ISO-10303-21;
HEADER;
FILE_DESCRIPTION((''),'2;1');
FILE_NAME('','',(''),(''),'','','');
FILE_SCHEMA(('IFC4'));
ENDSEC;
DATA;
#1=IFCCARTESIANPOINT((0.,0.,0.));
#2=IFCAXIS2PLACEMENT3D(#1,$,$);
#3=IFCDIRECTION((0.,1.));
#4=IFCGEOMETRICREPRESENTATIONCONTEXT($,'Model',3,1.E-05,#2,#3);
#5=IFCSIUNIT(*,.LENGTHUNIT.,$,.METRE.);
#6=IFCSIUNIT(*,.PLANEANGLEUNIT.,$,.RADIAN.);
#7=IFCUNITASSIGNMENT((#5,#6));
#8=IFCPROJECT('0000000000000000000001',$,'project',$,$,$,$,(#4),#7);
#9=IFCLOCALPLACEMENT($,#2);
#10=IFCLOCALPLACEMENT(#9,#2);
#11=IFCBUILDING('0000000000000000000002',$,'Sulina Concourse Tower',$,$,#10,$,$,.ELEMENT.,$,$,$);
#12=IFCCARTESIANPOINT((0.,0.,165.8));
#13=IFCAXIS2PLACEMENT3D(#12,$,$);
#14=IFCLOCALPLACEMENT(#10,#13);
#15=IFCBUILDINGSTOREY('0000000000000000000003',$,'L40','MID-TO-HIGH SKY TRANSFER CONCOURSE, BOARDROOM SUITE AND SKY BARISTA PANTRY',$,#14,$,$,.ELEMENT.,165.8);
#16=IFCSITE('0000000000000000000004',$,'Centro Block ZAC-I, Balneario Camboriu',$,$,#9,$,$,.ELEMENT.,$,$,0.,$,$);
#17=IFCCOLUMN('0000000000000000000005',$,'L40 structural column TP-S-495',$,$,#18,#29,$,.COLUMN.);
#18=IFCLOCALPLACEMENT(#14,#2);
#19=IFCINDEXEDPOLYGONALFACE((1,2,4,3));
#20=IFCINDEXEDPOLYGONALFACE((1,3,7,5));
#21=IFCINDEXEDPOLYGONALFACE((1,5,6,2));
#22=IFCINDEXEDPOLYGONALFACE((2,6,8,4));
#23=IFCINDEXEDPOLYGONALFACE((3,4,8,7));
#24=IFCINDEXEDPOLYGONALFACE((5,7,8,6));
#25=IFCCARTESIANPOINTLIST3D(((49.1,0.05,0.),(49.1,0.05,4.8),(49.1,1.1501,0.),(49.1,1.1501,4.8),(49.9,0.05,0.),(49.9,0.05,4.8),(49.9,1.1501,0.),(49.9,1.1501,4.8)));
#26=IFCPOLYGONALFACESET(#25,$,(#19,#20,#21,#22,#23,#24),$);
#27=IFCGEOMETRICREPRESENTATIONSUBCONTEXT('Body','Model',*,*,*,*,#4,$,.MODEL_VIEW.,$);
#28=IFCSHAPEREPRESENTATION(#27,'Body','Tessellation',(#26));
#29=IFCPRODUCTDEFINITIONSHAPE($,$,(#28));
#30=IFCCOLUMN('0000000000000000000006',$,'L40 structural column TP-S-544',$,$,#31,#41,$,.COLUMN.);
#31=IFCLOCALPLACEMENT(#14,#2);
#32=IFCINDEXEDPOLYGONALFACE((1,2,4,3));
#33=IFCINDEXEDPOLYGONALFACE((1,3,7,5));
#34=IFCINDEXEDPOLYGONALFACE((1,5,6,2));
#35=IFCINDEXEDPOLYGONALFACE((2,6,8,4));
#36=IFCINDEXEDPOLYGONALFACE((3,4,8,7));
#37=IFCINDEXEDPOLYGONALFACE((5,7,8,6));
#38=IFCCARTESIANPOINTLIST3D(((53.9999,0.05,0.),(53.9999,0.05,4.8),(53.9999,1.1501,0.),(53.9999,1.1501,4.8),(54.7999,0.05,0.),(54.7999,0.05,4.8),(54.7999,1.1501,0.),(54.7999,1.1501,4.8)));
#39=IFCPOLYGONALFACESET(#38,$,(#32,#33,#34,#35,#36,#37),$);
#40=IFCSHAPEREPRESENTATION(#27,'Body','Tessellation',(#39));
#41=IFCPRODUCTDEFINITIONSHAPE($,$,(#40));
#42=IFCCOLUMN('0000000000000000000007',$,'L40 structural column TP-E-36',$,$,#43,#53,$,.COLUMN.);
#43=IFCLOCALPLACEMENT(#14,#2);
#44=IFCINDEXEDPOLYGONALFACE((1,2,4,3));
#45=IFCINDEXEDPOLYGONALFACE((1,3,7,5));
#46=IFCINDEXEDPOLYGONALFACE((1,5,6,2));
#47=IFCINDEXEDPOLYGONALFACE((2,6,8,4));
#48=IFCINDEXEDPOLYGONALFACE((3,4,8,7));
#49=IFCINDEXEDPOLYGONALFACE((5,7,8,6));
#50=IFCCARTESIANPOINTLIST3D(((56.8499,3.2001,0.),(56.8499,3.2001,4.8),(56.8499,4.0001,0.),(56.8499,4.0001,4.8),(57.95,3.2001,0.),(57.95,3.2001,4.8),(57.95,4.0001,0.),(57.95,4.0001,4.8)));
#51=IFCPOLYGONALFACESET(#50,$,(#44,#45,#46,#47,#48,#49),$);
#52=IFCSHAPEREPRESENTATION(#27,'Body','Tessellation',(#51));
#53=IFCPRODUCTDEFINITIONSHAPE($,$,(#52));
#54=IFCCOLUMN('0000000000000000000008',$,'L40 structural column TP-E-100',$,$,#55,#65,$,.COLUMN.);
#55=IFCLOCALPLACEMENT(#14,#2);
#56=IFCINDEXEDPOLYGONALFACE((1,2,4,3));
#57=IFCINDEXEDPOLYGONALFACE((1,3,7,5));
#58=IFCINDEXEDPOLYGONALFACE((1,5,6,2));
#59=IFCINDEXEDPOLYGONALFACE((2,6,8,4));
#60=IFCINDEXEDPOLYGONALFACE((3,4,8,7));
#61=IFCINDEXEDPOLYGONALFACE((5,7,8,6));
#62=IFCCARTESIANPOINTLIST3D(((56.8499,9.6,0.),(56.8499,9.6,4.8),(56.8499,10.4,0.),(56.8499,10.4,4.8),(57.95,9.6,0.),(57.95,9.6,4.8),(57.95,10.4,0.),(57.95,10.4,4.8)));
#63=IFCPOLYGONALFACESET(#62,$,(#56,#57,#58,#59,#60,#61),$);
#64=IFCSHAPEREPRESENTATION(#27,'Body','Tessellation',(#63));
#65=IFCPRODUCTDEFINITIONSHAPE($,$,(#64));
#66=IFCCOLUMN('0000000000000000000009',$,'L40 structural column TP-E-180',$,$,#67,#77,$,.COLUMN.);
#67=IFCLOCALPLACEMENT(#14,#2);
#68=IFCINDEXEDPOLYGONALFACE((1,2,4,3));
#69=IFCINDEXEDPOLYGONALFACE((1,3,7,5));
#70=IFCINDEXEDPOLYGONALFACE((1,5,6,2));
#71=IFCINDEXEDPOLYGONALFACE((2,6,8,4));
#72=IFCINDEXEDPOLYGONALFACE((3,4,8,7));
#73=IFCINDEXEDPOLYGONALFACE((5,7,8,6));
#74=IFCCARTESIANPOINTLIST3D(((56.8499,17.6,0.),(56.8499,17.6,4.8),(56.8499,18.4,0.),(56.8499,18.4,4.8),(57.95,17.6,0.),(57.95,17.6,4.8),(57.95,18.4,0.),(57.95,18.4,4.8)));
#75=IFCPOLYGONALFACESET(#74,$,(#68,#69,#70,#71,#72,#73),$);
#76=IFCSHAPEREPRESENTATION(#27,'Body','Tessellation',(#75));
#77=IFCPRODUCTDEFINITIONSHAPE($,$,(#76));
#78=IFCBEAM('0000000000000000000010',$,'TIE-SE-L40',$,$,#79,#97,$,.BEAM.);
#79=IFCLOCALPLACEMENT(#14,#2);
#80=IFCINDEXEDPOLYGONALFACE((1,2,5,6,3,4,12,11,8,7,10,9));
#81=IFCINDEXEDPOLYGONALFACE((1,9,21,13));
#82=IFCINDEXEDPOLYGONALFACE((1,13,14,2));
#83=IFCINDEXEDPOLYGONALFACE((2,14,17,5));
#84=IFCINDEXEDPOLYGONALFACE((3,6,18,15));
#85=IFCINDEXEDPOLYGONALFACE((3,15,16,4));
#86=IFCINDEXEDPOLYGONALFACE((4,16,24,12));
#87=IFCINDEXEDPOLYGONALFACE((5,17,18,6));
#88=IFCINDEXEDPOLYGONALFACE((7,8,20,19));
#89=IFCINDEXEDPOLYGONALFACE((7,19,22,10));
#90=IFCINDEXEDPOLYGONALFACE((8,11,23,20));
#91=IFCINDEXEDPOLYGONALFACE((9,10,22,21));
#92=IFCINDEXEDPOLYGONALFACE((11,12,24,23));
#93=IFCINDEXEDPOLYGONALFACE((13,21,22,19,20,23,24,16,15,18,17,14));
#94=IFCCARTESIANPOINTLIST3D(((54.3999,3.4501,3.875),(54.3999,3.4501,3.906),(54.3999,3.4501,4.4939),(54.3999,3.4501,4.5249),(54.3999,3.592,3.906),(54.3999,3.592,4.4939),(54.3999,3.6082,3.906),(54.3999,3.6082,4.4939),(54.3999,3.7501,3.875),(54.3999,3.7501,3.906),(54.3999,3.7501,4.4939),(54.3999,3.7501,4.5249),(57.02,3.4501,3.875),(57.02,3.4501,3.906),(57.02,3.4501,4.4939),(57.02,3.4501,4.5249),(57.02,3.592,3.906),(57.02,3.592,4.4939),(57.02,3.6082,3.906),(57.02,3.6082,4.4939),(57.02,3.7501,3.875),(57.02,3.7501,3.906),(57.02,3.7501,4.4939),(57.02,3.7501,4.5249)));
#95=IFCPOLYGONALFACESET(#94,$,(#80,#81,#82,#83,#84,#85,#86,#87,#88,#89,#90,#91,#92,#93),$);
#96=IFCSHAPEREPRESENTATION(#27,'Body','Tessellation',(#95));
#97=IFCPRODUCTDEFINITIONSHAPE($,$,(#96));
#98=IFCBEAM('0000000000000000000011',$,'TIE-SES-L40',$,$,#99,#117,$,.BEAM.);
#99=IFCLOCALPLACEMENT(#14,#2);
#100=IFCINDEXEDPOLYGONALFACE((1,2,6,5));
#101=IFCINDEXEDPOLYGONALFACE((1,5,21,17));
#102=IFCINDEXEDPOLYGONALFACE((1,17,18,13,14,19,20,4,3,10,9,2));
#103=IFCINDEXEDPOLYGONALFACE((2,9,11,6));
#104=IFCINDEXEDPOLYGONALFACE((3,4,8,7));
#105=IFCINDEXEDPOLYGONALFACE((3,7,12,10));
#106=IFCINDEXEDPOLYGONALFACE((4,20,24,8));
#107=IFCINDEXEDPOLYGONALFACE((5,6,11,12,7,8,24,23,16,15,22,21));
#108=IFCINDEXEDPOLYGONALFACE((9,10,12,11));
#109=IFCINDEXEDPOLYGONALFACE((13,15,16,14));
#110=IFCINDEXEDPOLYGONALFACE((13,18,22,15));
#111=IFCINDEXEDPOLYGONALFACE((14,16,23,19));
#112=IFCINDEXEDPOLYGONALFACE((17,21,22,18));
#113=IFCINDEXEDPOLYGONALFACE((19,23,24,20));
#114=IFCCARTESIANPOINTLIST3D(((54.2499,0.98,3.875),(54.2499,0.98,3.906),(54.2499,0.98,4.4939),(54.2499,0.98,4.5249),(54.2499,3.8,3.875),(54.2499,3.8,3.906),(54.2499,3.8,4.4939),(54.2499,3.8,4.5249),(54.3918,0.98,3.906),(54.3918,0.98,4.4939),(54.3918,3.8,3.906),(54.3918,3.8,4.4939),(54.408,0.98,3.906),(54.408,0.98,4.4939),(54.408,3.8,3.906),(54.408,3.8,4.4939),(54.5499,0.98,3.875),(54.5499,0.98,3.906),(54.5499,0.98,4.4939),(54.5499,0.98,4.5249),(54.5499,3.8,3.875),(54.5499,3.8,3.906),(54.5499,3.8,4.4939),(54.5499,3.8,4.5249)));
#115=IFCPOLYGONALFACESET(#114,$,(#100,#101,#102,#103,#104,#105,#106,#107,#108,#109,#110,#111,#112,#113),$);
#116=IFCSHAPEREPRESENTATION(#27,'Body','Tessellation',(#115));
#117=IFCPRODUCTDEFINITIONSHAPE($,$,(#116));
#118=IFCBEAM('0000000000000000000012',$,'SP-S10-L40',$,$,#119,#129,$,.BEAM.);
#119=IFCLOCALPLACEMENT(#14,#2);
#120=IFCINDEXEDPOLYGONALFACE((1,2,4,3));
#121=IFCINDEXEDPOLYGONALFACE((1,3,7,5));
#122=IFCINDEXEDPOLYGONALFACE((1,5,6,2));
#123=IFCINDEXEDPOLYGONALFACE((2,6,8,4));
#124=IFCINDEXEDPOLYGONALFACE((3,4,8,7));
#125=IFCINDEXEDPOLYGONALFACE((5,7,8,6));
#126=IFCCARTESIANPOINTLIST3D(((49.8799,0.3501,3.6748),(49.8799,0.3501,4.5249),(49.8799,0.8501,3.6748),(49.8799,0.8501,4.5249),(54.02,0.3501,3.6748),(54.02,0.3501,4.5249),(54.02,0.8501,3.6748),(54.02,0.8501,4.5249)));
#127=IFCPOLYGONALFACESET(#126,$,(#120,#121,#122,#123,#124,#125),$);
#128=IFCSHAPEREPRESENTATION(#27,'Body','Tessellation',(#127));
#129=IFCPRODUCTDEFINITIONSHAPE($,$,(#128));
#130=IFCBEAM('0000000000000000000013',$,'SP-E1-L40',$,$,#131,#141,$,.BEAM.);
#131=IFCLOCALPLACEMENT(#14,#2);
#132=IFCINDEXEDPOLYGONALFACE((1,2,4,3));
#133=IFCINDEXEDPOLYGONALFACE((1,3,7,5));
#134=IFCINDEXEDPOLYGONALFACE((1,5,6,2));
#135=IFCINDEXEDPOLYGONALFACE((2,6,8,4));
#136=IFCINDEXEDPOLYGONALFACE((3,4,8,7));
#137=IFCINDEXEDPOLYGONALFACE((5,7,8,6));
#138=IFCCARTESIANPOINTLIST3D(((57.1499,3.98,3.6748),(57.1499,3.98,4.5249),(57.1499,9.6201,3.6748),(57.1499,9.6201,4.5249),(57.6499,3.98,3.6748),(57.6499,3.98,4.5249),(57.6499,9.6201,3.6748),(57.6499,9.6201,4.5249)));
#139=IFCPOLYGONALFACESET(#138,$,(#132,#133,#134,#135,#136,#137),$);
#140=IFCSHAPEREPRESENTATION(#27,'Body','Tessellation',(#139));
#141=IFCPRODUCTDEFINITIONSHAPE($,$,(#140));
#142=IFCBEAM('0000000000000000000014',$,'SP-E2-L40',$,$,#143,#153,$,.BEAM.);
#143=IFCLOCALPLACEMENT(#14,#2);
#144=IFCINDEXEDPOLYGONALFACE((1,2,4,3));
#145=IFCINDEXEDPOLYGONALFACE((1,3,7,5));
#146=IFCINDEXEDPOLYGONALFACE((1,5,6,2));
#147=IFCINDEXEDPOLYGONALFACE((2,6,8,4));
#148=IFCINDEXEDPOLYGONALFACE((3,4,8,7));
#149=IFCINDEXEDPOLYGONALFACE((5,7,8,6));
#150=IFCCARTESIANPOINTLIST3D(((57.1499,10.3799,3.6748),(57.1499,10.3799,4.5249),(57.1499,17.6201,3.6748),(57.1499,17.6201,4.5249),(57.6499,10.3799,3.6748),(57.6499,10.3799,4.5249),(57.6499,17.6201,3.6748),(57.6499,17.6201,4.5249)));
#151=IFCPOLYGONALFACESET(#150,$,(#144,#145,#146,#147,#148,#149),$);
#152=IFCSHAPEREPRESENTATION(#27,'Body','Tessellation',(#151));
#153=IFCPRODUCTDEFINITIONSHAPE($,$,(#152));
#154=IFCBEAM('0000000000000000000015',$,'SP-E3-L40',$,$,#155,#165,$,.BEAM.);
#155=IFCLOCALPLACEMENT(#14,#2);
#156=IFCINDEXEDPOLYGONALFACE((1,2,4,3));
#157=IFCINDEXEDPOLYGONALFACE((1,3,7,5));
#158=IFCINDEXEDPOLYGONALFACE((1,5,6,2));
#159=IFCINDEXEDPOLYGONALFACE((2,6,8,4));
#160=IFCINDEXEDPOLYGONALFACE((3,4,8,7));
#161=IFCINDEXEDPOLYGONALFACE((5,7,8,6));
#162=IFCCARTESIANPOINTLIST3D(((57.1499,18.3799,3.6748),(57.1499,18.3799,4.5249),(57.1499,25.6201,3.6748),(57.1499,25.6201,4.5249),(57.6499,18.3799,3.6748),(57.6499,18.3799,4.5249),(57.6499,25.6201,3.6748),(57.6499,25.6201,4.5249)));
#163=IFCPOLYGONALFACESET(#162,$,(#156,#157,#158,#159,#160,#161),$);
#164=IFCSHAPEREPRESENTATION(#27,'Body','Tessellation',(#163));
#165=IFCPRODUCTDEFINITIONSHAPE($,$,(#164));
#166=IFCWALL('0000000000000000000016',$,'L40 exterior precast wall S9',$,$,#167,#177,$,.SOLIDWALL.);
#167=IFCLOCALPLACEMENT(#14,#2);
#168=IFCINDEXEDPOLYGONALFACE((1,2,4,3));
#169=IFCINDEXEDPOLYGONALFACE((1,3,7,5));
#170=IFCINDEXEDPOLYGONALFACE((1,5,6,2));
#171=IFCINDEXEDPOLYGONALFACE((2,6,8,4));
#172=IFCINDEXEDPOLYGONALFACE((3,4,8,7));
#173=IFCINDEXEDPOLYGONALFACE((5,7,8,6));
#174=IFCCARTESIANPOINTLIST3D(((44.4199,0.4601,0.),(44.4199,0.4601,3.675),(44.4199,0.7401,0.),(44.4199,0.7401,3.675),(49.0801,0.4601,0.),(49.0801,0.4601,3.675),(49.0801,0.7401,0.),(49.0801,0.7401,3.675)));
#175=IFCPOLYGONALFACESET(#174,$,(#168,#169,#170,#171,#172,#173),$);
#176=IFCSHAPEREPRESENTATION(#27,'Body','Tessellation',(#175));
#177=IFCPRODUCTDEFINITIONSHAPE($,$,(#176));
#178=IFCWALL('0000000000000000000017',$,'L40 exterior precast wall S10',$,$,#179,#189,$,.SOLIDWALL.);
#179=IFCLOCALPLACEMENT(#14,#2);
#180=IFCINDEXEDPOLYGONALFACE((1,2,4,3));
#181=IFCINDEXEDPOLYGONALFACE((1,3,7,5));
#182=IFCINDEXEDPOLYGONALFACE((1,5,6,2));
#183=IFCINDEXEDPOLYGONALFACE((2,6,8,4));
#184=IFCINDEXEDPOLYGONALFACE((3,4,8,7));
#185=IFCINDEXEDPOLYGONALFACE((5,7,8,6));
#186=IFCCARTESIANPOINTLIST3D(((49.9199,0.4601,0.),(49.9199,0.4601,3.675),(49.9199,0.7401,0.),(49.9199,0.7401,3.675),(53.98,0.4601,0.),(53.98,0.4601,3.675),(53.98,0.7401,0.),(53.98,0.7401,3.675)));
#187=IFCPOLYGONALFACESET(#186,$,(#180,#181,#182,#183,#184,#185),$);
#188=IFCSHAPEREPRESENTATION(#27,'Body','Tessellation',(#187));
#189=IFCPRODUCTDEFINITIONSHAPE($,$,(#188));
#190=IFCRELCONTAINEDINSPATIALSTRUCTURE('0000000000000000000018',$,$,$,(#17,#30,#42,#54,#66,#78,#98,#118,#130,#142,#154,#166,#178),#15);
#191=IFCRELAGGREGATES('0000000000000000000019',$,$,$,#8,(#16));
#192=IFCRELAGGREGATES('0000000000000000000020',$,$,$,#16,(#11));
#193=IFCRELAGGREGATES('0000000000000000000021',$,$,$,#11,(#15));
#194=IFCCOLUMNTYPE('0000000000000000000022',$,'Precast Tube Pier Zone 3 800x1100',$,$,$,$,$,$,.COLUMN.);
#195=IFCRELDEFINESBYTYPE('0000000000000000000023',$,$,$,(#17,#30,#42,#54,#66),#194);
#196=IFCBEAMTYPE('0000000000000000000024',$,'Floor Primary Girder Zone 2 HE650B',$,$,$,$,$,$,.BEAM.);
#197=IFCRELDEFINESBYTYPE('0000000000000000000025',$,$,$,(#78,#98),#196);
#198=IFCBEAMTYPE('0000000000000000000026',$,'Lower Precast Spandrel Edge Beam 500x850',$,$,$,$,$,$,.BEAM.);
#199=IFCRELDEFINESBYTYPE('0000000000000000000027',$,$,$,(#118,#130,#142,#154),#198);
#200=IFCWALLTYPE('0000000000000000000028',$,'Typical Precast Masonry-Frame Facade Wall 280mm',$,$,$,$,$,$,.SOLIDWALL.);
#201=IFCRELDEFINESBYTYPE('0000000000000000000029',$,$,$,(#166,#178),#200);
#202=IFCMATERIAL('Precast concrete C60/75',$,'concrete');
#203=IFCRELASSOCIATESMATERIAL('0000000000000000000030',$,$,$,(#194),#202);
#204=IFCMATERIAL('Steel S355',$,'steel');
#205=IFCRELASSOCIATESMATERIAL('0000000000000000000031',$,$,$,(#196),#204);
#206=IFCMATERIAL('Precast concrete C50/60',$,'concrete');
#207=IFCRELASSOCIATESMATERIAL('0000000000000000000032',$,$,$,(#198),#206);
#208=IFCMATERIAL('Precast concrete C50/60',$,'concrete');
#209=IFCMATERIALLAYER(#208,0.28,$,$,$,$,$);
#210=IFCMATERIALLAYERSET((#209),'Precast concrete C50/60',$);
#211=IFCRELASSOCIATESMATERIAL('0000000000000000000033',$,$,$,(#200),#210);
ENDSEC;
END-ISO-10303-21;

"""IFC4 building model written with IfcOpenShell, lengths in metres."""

from ifc_helpers import new_model, si_unit, direction, frame, frame_2d, origin, origin_2d, place, context, subcontext, project, spatial, rectangle, i_section, extrude, material, layer, layer_set, material_profile, profile_set, type_object, element, save


model = new_model("IFC4")

# Units and contexts
model_context = context("Model", 3, precision=1e-05, world=origin(), true_north=direction((0.0, 1.0)))
body_context = subcontext(model_context, "Body", "Model", "MODEL_VIEW")
ifc_project = project(units=[si_unit("LENGTHUNIT", "METRE"), si_unit("PLANEANGLEUNIT", "RADIAN")], contexts=[model_context])

# Site, building, storey
site_placement = place(None, origin())
site = spatial("IfcSite", under=ifc_project, at=site_placement, Name="Centro Block ZAC-I, Balneario Camboriu", CompositionType="ELEMENT", RefElevation=0.0)
building_placement = place(site_placement, origin())
building = spatial("IfcBuilding", under=site, at=building_placement, Name="Sulina Concourse Tower", CompositionType="ELEMENT")
storey_placement = place(building_placement, frame((0.0, 0.0, 165.8)))
storey = spatial("IfcBuildingStorey", under=building, at=storey_placement, Name="L40", Description="MID-TO-HIGH SKY TRANSFER CONCOURSE, BOARDROOM SUITE AND SKY BARISTA PANTRY", CompositionType="ELEMENT", Elevation=165.8)

# Columns
ifc_material_1 = material(Name="Precast concrete C60/75", Category="concrete")
ifc_material_profile_1 = material_profile(ifc_material_1, rectangle(XDim=0.8, YDim=1.1001, at=origin_2d()), Name="PC 800x1100")
ifc_profile_set_1 = profile_set([ifc_material_profile_1], Name="Precast concrete C60/75")
column_type = type_object("IfcColumnType", Name="Precast Tube Pier Zone 3 800x1100", PredefinedType="COLUMN", material=ifc_profile_set_1)
for number, where, z_axis, x_axis, name in (
    (1, (49.5, 0.6001, 0.0), (0.0, 0.0, 1.0), (1.0, 0.0, 0.0), "L40 structural column TP-S-495"),
    (2, (54.3999, 0.6001, 0.0), (0.0, 0.0, 1.0), (1.0, 0.0, 0.0), "L40 structural column TP-S-544"),
    (3, (57.3999, 3.6001, 0.0), (0.0, 0.0, 1.0), (0.0, 1.0, 0.0), "L40 structural column TP-E-36"),
    (4, (57.3999, 10.0, 0.0), (0.0, 0.0, 1.0), (0.0, 1.0, 0.0), "L40 structural column TP-E-100"),
    (5, (57.3999, 18.0, 0.0), (0.0, 0.0, 1.0), (0.0, 1.0, 0.0), "L40 structural column TP-E-180"),
):
    element("IfcColumn", number, at=place(storey_placement, frame(where, z_axis=z_axis, x_axis=x_axis)), inside=storey, type_object=column_type, Name=name, PredefinedType="COLUMN", context=body_context, shape_type="SweptSolid", body=[
        extrude(rectangle(XDim=0.8, YDim=1.1001, at=origin_2d()), origin(), (0.0, 0.0, 1.0), 4.8),
    ])

# Beams
ifc_material_2 = material(Name="Steel S355", Category="steel")
ifc_material_profile_2 = material_profile(ifc_material_2, i_section(OverallWidth=0.3, OverallDepth=0.6499, WebThickness=0.0161, FlangeThickness=0.031, at=origin_2d()), Name="HE 650 B")
ifc_profile_set_2 = profile_set([ifc_material_profile_2], Name="Steel S355")
beam_type_1 = type_object("IfcBeamType", Name="Floor Primary Girder Zone 2 HE650B", PredefinedType="BEAM", material=ifc_profile_set_2)
beam_1_placement = place(storey_placement, frame((54.3999, 3.6001, 4.2), z_axis=(1.0, 0.0, 0.0), x_axis=(0.0, 1.0, 0.0)))
element("IfcBeam", 6, at=beam_1_placement, inside=storey, type_object=beam_type_1, Name="TIE-SE-L40", PredefinedType="BEAM", context=body_context, shape_type="SweptSolid", body=[
    extrude(i_section(OverallWidth=0.3, OverallDepth=0.6499, WebThickness=0.0161, FlangeThickness=0.031, at=origin_2d()), origin(), (0.0, 0.0, 1.0), 2.6201),
])
beam_2_placement = place(storey_placement, frame((54.3999, 0.98, 4.2), z_axis=(0.0, 1.0, 0.0), x_axis=(-1.0, 0.0, 0.0)))
element("IfcBeam", 7, at=beam_2_placement, inside=storey, type_object=beam_type_1, Name="TIE-SES-L40", PredefinedType="BEAM", context=body_context, shape_type="SweptSolid", body=[
    extrude(i_section(OverallWidth=0.3, OverallDepth=0.6499, WebThickness=0.0161, FlangeThickness=0.031, at=origin_2d()), origin(), (0.0, 0.0, 1.0), 2.8201),
])
ifc_material_3 = material(Name="Precast concrete C50/60", Category="concrete")
ifc_material_profile_3 = material_profile(ifc_material_3, rectangle(XDim=0.5, YDim=0.8501, at=origin_2d()), Name="RC 500x850")
ifc_profile_set_3 = profile_set([ifc_material_profile_3], Name="Precast concrete C50/60")
beam_type_2 = type_object("IfcBeamType", Name="Lower Precast Spandrel Edge Beam 500x850", PredefinedType="BEAM", material=ifc_profile_set_3)
beam_3_placement = place(storey_placement, frame((49.8799, 0.6001, 4.0999), z_axis=(1.0, 0.0, 0.0), x_axis=(0.0, 1.0, 0.0)))
element("IfcBeam", 8, at=beam_3_placement, inside=storey, type_object=beam_type_2, Name="SP-S10-L40", PredefinedType="BEAM", context=body_context, shape_type="SweptSolid", body=[
    extrude(rectangle(XDim=0.5, YDim=0.8501, at=origin_2d()), origin(), (0.0, 0.0, 1.0), 4.1401),
])
beam_4_placement = place(storey_placement, frame((57.3999, 3.98, 4.0999), z_axis=(0.0, 1.0, 0.0), x_axis=(-1.0, 0.0, 0.0)))
element("IfcBeam", 9, at=beam_4_placement, inside=storey, type_object=beam_type_2, Name="SP-E1-L40", PredefinedType="BEAM", context=body_context, shape_type="SweptSolid", body=[
    extrude(rectangle(XDim=0.5, YDim=0.8501, at=origin_2d()), origin(), (0.0, 0.0, 1.0), 5.6401),
])
for number, where, z_axis, x_axis, name in (
    (10, (57.3999, 10.3799, 4.0999), (0.0, 1.0, 0.0), (-1.0, 0.0, 0.0), "SP-E2-L40"),
    (11, (57.3999, 18.3799, 4.0999), (0.0, 1.0, 0.0), (-1.0, 0.0, 0.0), "SP-E3-L40"),
):
    element("IfcBeam", number, at=place(storey_placement, frame(where, z_axis=z_axis, x_axis=x_axis)), inside=storey, type_object=beam_type_2, Name=name, PredefinedType="BEAM", context=body_context, shape_type="SweptSolid", body=[
        extrude(rectangle(XDim=0.5, YDim=0.8501, at=origin_2d()), origin(), (0.0, 0.0, 1.0), 7.2402),
    ])

# Walls
ifc_material_4 = material(Name="Precast concrete C50/60", Category="concrete")
ifc_layer = layer(ifc_material_4, 0.28)
ifc_layer_set = layer_set([ifc_layer], Name="Precast concrete C50/60")
wall_type = type_object("IfcWallType", Name="Typical Precast Masonry-Frame Facade Wall 280mm", PredefinedType="SOLIDWALL", material=ifc_layer_set)
wall_1_placement = place(storey_placement, frame((49.0801, 0.6001, 0.0), z_axis=(0.0, 0.0, 1.0), x_axis=(-1.0, 0.0, 0.0)))
element("IfcWall", 12, at=wall_1_placement, inside=storey, type_object=wall_type, Name="L40 exterior precast wall S9", PredefinedType="SOLIDWALL", context=body_context, shape_type="SweptSolid", body=[
    extrude(rectangle(XDim=4.6602, YDim=0.28, at=frame_2d((2.3301, 0.0))), origin(), (0.0, 0.0, 1.0), 3.675),
])
wall_2_placement = place(storey_placement, frame((53.98, 0.6001, 0.0), z_axis=(0.0, 0.0, 1.0), x_axis=(-1.0, 0.0, 0.0)))
element("IfcWall", 13, at=wall_2_placement, inside=storey, type_object=wall_type, Name="L40 exterior precast wall S10", PredefinedType="SOLIDWALL", context=body_context, shape_type="SweptSolid", body=[
    extrude(rectangle(XDim=4.0601, YDim=0.28, at=frame_2d((2.03, 0.0))), origin(), (0.0, 0.0, 1.0), 3.675),
])

save(model, "model.ifc")
